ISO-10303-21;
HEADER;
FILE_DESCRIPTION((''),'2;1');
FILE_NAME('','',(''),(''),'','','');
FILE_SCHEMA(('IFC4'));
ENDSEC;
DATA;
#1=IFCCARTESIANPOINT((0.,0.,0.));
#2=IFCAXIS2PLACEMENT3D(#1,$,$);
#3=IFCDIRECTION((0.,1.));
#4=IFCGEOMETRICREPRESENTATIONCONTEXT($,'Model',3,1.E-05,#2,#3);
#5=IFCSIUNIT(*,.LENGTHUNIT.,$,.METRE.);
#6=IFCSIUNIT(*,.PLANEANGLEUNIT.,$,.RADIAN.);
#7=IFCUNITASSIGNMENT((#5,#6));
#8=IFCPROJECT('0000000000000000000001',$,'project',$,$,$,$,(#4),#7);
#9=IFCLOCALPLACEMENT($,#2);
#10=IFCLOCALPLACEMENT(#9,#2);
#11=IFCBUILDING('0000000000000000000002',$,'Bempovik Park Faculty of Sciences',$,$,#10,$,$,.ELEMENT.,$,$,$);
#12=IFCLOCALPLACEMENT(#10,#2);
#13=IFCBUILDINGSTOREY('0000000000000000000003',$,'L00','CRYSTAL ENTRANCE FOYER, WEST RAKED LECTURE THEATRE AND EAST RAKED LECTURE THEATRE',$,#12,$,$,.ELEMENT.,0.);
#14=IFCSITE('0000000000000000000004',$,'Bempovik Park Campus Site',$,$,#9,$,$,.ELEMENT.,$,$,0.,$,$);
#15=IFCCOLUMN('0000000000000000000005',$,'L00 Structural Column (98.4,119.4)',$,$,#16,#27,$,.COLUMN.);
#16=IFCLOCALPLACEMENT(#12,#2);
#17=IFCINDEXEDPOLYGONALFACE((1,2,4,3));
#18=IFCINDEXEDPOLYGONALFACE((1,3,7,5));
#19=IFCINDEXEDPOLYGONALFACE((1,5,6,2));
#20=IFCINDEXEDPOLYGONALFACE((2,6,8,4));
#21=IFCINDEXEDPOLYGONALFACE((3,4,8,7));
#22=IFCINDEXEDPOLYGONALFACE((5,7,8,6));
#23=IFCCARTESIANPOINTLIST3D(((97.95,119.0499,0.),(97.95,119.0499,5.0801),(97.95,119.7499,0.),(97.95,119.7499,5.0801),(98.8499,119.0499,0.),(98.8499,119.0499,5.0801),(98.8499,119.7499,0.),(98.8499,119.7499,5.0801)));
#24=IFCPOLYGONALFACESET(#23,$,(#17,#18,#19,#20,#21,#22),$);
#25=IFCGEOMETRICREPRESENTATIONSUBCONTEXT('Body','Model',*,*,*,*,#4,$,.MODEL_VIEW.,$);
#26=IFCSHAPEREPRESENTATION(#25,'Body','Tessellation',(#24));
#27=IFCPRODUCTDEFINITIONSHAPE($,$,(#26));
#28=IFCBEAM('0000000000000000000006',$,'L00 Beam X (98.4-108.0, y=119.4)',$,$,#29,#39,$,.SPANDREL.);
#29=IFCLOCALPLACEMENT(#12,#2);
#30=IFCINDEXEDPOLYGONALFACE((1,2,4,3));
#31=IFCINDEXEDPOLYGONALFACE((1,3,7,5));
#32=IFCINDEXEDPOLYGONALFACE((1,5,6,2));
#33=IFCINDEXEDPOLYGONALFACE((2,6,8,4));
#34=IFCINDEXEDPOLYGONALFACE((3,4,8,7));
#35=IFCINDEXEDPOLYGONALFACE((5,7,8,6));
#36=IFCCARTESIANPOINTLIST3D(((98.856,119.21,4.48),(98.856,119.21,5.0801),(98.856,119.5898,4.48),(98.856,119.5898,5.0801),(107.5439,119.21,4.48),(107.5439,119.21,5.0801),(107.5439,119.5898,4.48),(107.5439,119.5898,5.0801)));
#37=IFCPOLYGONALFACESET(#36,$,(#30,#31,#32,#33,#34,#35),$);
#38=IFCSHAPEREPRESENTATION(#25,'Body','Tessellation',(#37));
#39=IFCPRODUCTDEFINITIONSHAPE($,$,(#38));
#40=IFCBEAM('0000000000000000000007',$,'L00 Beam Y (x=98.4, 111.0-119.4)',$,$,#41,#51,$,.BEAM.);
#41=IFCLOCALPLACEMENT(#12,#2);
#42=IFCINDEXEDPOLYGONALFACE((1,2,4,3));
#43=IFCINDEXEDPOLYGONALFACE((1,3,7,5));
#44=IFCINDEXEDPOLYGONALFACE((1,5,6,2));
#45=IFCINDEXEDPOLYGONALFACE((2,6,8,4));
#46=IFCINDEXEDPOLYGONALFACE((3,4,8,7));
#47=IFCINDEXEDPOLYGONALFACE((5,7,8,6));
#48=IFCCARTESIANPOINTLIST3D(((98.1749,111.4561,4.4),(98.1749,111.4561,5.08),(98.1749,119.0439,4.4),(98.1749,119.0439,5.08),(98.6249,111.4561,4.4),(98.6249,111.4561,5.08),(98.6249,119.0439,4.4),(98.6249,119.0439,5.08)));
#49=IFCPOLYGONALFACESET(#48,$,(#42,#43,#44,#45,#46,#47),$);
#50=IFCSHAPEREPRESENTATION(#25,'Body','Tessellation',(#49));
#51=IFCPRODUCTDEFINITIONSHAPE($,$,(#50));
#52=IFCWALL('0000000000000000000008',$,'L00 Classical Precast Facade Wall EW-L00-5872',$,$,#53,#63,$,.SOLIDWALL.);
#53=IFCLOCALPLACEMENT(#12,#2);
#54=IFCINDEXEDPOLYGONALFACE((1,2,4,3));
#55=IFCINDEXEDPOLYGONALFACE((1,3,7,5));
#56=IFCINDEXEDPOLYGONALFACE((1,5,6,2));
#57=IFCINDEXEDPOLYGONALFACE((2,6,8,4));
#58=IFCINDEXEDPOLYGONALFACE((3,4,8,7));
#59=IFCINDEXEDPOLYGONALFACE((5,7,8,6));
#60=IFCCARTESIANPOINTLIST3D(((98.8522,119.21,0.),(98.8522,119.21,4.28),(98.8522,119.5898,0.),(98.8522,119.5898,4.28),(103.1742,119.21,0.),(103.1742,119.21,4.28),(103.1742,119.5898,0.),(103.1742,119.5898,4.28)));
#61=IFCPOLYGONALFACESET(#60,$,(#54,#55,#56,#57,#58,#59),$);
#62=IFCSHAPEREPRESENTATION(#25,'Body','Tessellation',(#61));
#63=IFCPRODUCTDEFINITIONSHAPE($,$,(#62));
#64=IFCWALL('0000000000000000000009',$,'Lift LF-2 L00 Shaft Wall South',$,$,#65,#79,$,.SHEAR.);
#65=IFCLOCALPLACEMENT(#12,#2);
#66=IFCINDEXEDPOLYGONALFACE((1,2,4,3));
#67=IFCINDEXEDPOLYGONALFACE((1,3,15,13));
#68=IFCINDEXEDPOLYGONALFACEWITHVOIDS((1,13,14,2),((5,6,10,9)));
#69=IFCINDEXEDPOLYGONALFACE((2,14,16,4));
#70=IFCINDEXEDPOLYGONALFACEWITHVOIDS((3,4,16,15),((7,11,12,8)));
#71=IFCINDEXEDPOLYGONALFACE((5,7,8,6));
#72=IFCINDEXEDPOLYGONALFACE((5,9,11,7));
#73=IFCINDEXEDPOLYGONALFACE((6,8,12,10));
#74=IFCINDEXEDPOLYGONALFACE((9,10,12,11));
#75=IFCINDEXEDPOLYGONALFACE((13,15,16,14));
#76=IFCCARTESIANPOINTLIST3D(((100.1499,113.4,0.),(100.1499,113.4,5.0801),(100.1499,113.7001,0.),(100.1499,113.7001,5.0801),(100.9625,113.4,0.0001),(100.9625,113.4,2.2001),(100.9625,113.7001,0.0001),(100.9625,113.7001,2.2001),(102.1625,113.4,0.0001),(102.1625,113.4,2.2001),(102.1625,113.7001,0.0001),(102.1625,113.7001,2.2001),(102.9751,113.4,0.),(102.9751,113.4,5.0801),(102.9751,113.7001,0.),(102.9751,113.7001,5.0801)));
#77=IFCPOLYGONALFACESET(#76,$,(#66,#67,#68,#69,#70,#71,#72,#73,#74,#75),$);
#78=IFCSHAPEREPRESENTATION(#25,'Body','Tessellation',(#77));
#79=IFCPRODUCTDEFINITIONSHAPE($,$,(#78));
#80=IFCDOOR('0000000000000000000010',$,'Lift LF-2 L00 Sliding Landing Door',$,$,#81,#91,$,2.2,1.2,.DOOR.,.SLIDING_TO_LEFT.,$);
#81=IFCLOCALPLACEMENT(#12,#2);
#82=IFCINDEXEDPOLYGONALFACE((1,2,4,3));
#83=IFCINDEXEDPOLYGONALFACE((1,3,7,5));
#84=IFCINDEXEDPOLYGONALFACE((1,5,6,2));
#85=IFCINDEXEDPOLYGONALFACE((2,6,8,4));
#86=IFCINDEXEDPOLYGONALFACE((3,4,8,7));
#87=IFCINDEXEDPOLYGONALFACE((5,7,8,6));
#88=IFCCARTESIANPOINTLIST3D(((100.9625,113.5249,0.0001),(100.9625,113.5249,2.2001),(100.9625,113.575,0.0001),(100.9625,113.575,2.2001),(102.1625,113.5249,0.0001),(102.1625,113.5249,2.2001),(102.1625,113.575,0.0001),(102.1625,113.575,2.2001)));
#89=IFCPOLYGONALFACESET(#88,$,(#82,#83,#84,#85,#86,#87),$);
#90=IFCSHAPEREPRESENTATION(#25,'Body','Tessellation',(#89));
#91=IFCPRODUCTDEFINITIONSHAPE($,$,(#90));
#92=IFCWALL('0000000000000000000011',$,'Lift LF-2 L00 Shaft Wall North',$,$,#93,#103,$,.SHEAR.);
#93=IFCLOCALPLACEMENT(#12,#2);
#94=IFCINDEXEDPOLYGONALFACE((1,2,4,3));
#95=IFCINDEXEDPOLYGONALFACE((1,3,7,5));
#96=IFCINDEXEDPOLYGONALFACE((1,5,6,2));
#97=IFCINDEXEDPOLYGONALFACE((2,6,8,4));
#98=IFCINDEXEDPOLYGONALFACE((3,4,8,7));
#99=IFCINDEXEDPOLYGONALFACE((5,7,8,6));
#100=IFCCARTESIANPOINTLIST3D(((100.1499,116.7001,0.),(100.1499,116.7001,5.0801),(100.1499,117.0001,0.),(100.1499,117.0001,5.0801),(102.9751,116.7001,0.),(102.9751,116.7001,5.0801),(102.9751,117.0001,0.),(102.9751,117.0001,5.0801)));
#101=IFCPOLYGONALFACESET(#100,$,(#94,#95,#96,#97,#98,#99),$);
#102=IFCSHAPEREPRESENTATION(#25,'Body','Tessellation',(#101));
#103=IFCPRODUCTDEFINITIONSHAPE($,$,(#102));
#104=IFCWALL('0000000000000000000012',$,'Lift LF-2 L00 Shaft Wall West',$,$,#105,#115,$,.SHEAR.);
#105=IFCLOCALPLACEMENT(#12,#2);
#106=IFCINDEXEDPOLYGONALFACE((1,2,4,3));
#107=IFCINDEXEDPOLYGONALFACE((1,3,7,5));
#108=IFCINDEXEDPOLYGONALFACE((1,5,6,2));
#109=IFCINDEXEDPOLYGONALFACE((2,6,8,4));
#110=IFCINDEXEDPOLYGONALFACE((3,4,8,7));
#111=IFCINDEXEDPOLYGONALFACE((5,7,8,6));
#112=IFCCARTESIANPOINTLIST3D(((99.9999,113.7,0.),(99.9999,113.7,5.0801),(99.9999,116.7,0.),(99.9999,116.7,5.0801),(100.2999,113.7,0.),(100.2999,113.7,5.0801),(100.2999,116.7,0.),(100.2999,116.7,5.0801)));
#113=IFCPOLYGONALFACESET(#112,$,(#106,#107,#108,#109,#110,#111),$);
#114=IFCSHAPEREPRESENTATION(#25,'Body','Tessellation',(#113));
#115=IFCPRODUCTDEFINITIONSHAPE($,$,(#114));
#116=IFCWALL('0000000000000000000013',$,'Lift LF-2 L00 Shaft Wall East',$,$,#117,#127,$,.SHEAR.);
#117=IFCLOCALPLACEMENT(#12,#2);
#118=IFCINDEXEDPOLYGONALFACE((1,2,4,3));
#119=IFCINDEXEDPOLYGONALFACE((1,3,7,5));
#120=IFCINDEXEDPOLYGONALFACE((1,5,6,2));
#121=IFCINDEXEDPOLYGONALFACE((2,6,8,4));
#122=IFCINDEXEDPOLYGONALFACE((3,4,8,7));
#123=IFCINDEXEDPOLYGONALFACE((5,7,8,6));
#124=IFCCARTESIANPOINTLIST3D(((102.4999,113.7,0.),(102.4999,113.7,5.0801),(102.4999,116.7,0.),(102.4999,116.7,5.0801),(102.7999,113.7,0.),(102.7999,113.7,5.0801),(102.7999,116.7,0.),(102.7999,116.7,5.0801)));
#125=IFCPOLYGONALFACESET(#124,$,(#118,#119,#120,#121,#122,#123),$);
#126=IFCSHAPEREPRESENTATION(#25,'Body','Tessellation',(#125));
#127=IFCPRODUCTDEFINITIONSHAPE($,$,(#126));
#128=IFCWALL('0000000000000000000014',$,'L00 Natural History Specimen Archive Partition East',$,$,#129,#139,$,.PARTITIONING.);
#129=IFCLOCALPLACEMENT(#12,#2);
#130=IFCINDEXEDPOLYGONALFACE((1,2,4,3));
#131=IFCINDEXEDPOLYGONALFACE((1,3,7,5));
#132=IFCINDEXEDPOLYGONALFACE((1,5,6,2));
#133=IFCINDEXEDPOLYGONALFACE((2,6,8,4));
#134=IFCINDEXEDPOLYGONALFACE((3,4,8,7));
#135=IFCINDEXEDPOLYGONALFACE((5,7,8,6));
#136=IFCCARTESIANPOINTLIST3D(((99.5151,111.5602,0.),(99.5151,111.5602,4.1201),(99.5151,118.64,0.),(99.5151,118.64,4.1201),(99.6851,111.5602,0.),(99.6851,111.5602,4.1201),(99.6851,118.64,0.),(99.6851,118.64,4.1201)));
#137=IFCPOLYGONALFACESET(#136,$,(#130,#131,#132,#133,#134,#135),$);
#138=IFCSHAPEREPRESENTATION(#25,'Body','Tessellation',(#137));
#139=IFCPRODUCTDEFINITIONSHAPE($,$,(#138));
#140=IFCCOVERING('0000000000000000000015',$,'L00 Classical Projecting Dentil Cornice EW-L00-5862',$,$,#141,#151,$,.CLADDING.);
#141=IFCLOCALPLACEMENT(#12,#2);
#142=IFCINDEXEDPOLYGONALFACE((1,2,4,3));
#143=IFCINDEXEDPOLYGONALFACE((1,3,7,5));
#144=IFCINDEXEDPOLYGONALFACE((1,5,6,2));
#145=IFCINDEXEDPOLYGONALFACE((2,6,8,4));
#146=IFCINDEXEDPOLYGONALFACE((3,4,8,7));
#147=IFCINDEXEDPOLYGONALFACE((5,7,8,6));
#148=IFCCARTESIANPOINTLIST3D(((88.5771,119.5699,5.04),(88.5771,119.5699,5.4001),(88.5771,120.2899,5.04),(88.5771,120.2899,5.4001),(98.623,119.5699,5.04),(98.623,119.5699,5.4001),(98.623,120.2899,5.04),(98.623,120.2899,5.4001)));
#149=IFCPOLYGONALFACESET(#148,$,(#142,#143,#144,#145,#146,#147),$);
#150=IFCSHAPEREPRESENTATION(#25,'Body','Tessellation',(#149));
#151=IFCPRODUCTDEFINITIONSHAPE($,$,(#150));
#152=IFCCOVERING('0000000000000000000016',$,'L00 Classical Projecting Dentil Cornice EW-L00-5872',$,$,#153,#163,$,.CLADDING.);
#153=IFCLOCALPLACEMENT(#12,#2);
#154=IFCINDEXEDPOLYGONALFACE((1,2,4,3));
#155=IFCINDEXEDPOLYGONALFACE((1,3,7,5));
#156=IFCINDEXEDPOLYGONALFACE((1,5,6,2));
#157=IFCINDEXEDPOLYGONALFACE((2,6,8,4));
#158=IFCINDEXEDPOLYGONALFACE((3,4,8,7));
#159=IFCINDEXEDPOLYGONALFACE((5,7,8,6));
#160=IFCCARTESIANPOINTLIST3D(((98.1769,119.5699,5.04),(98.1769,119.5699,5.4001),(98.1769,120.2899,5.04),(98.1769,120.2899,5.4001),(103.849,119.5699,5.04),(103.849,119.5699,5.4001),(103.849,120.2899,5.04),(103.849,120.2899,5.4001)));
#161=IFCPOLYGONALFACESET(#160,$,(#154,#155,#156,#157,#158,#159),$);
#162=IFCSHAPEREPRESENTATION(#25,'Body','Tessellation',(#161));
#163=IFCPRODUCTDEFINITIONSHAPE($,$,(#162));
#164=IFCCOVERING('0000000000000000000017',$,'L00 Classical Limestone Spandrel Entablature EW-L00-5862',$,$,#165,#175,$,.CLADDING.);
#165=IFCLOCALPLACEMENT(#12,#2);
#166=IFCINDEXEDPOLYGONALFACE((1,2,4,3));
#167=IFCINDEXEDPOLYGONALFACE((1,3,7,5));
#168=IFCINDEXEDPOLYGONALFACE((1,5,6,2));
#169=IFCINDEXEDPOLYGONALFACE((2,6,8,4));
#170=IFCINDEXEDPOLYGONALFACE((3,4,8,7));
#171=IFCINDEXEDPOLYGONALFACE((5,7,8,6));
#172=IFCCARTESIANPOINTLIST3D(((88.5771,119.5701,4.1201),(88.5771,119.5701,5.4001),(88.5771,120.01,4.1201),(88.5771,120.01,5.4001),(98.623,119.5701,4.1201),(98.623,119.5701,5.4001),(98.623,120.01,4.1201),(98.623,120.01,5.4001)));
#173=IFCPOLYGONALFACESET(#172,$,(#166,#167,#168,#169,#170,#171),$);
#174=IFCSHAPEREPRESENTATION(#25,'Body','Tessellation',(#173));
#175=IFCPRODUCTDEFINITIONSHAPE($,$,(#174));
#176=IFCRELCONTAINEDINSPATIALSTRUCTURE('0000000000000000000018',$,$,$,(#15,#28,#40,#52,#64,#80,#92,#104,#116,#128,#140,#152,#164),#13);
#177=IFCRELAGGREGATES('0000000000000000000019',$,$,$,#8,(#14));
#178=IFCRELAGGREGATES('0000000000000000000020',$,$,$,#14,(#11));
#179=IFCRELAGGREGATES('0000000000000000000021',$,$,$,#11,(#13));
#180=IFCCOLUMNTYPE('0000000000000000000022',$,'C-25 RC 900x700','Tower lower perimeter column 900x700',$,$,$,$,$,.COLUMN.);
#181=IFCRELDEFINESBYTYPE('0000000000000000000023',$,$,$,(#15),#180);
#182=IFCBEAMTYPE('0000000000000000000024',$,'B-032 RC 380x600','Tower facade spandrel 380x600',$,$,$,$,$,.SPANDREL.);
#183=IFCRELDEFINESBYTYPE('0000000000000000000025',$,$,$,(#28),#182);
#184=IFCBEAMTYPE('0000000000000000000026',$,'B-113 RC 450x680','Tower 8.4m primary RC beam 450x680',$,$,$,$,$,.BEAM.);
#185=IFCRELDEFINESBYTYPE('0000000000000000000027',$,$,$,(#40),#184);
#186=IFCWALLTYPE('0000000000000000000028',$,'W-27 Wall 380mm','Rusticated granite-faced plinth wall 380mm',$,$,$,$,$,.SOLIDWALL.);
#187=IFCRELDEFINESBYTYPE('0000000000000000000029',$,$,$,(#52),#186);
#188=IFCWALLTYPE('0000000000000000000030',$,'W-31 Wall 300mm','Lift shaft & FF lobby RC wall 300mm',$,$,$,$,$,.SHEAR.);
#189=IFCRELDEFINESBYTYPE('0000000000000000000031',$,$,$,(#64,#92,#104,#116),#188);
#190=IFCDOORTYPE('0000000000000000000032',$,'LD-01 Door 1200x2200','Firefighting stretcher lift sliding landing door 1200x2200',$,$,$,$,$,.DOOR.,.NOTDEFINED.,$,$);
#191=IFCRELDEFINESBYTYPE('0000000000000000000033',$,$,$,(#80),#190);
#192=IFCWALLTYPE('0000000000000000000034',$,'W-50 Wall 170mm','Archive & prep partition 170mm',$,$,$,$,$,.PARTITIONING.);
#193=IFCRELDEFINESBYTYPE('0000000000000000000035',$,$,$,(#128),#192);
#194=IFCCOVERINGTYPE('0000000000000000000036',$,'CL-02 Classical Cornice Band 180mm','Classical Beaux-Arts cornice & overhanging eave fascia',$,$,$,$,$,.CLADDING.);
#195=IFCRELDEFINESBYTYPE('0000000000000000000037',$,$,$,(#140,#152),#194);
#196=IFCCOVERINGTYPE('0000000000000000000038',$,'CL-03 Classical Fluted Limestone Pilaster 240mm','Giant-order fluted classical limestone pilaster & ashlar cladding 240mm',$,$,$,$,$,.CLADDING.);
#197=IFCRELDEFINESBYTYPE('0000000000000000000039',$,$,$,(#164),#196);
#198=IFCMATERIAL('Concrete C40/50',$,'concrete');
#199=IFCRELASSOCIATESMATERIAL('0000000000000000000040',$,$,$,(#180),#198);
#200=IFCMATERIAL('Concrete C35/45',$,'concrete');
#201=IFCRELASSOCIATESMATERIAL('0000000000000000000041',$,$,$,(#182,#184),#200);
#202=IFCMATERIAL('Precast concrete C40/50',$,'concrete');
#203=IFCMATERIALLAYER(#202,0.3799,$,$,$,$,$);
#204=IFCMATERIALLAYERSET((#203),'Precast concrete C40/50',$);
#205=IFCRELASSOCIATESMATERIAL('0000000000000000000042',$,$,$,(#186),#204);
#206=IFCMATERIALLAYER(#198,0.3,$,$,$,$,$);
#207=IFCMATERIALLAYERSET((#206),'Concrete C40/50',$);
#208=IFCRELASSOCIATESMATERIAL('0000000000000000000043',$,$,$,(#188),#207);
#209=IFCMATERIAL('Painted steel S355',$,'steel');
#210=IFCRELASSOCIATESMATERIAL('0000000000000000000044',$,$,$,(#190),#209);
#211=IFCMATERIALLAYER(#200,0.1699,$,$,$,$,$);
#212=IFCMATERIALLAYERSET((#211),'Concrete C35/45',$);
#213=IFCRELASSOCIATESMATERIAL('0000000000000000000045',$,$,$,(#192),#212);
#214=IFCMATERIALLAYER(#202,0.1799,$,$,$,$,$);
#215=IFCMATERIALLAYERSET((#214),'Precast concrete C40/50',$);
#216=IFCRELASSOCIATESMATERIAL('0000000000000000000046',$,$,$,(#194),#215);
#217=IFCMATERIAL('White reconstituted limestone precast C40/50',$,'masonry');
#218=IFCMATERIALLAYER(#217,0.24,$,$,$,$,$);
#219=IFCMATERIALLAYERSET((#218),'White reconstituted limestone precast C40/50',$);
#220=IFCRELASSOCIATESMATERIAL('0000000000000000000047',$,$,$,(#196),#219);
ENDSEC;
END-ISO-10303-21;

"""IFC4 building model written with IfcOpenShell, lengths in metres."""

from ifc_helpers import new_model, si_unit, direction, frame, frame_2d, origin, origin_2d, place, context, subcontext, project, spatial, rectangle, extrude, material, layer, layer_set, material_profile, profile_set, type_object, element, fill, save


model = new_model("IFC4")

# Units and contexts
model_context = context("Model", 3, precision=1e-05, world=origin(), true_north=direction((0.0, 1.0)))
body_context = subcontext(model_context, "Body", "Model", "MODEL_VIEW")
ifc_project = project(units=[si_unit("LENGTHUNIT", "METRE"), si_unit("PLANEANGLEUNIT", "RADIAN")], contexts=[model_context])

# Site, building, storey
site_placement = place(None, origin())
site = spatial("IfcSite", under=ifc_project, at=site_placement, Name="Bempovik Park Campus Site", CompositionType="ELEMENT", RefElevation=0.0)
building_placement = place(site_placement, origin())
building = spatial("IfcBuilding", under=site, at=building_placement, Name="Bempovik Park Faculty of Sciences", CompositionType="ELEMENT")
storey_placement = place(building_placement, origin())
storey = spatial("IfcBuildingStorey", under=building, at=storey_placement, Name="L00", Description="CRYSTAL ENTRANCE FOYER, WEST RAKED LECTURE THEATRE AND EAST RAKED LECTURE THEATRE", CompositionType="ELEMENT", Elevation=0.0)

# Column
ifc_material_1 = material(Name="Concrete C40/50", Category="concrete")
ifc_material_profile_1 = material_profile(ifc_material_1, rectangle(XDim=0.8999, YDim=0.7, at=origin_2d()), Name="RC 900x700")
ifc_profile_set_1 = profile_set([ifc_material_profile_1], Name="Concrete C40/50")
column_type = type_object("IfcColumnType", Name="C-25 RC 900x700", Description="Tower lower perimeter column 900x700", PredefinedType="COLUMN", material=ifc_profile_set_1)
column_placement = place(storey_placement, frame((98.3999, 119.3999, 0.0), z_axis=(0.0, 0.0, 1.0), x_axis=(1.0, 0.0, 0.0)))
element("IfcColumn", 1, at=column_placement, inside=storey, type_object=column_type, Name="L00 Structural Column (98.4,119.4)", PredefinedType="COLUMN", context=body_context, shape_type="SweptSolid", body=[
    extrude(rectangle(XDim=0.8999, YDim=0.7, at=origin_2d()), origin(), (0.0, 0.0, 1.0), 5.0801),
])

# Beams
ifc_material_2 = material(Name="Concrete C35/45", Category="concrete")
ifc_material_profile_2 = material_profile(ifc_material_2, rectangle(XDim=0.3799, YDim=0.6001, at=origin_2d()), Name="RC 380x600")
ifc_profile_set_2 = profile_set([ifc_material_profile_2], Name="Concrete C35/45")
beam_type_1 = type_object("IfcBeamType", Name="B-032 RC 380x600", Description="Tower facade spandrel 380x600", PredefinedType="SPANDREL", material=ifc_profile_set_2)
beam_1_placement = place(storey_placement, frame((98.856, 119.3999, 4.78), z_axis=(1.0, 0.0, 0.0), x_axis=(0.0, 1.0, 0.0)))
element("IfcBeam", 2, at=beam_1_placement, inside=storey, type_object=beam_type_1, Name="L00 Beam X (98.4-108.0, y=119.4)", PredefinedType="SPANDREL", context=body_context, shape_type="SweptSolid", body=[
    extrude(rectangle(XDim=0.3799, YDim=0.6001, at=origin_2d()), origin(), (0.0, 0.0, 1.0), 8.688),
])
ifc_material_profile_3 = material_profile(ifc_material_2, rectangle(XDim=0.45, YDim=0.6799, at=origin_2d()), Name="RC 450x680")
ifc_profile_set_3 = profile_set([ifc_material_profile_3], Name="Concrete C35/45")
beam_type_2 = type_object("IfcBeamType", Name="B-113 RC 450x680", Description="Tower 8.4m primary RC beam 450x680", PredefinedType="BEAM", material=ifc_profile_set_3)
beam_2_placement = place(storey_placement, frame((98.3999, 111.4561, 4.74), z_axis=(0.0, 1.0, 0.0), x_axis=(-1.0, 0.0, 0.0)))
element("IfcBeam", 3, at=beam_2_placement, inside=storey, type_object=beam_type_2, Name="L00 Beam Y (x=98.4, 111.0-119.4)", PredefinedType="BEAM", context=body_context, shape_type="SweptSolid", body=[
    extrude(rectangle(XDim=0.45, YDim=0.6799, at=origin_2d()), origin(), (0.0, 0.0, 1.0), 7.5879),
])

# Wall
ifc_material_3 = material(Name="Precast concrete C40/50", Category="concrete")
ifc_layer_1 = layer(ifc_material_3, 0.3799)
ifc_layer_set_1 = layer_set([ifc_layer_1], Name="Precast concrete C40/50")
wall_type_1 = type_object("IfcWallType", Name="W-27 Wall 380mm", Description="Rusticated granite-faced plinth wall 380mm", PredefinedType="SOLIDWALL", material=ifc_layer_set_1)
wall_1_placement = place(storey_placement, frame((98.8521, 119.3999, 0.0), z_axis=(0.0, 0.0, 1.0), x_axis=(1.0, 0.0, 0.0)))
element("IfcWall", 4, at=wall_1_placement, inside=storey, type_object=wall_type_1, Name="L00 Classical Precast Facade Wall EW-L00-5872", PredefinedType="SOLIDWALL", context=body_context, shape_type="SweptSolid", body=[
    extrude(rectangle(XDim=4.322, YDim=0.3799, at=frame_2d((2.1611, 0.0))), origin(), (0.0, 0.0, 1.0), 4.28),
])

# Wall, opening, door
ifc_layer_2 = layer(ifc_material_1, 0.3)
ifc_layer_set_2 = layer_set([ifc_layer_2], Name="Concrete C40/50")
wall_type_2 = type_object("IfcWallType", Name="W-31 Wall 300mm", Description="Lift shaft & FF lobby RC wall 300mm", PredefinedType="SHEAR", material=ifc_layer_set_2)
wall_2_placement = place(storey_placement, frame((100.1499, 113.55, 0.0), z_axis=(0.0, 0.0, 1.0), x_axis=(1.0, 0.0, 0.0)))
wall_2 = element("IfcWall", 5, at=wall_2_placement, inside=storey, type_object=wall_type_2, Name="Lift LF-2 L00 Shaft Wall South", PredefinedType="SHEAR", context=body_context, shape_type="SweptSolid", body=[
    extrude(rectangle(XDim=2.8252, YDim=0.3, at=frame_2d((1.4126, 0.0))), origin(), (0.0, 0.0, 1.0), 5.0801),
])
opening_placement = place(wall_2_placement, frame((0.8125, 0.0, 0.0)))
opening = element("IfcOpeningElement", 6, at=opening_placement, cuts=wall_2, PredefinedType="OPENING", context=body_context, shape_type="SweptSolid", body=[
    extrude(rectangle(XDim=1.2, YDim=2.2, at=frame_2d((0.6001, 1.1001))), frame((0.0, 0.1602, 0.0), z_axis=(0.0, -1.0, 0.0), x_axis=(1.0, 0.0, 0.0)), (0.0, 0.0, 1.0), 0.3201),
])
ifc_material_4 = material(Name="Painted steel S355", Category="steel")
door_type = type_object("IfcDoorType", Name="LD-01 Door 1200x2200", Description="Firefighting stretcher lift sliding landing door 1200x2200", OperationType="NOTDEFINED", PredefinedType="DOOR", material=ifc_material_4)
door_placement = place(opening_placement, origin())
door = element("IfcDoor", 7, at=door_placement, inside=storey, type_object=door_type, Name="Lift LF-2 L00 Sliding Landing Door", OperationType="SLIDING_TO_LEFT", OverallHeight=2.2, OverallWidth=1.2, PredefinedType="DOOR", context=body_context, shape_type="SweptSolid", body=[
    extrude(rectangle(XDim=1.2, YDim=2.2, at=frame_2d((0.6001, 1.1001))), frame((0.0, 0.0249, 0.0), z_axis=(0.0, -1.0, 0.0), x_axis=(1.0, 0.0, 0.0)), (0.0, 0.0, 1.0), 0.05),
])
fill(opening, door)

# Walls
wall_3_placement = place(storey_placement, frame((100.1499, 116.8501, 0.0), z_axis=(0.0, 0.0, 1.0), x_axis=(1.0, 0.0, 0.0)))
element("IfcWall", 8, at=wall_3_placement, inside=storey, type_object=wall_type_2, Name="Lift LF-2 L00 Shaft Wall North", PredefinedType="SHEAR", context=body_context, shape_type="SweptSolid", body=[
    extrude(rectangle(XDim=2.8252, YDim=0.3, at=frame_2d((1.4126, 0.0))), origin(), (0.0, 0.0, 1.0), 5.0801),
])
for number, where, z_axis, x_axis, name in (
    (9, (100.1499, 113.7, 0.0), (0.0, 0.0, 1.0), (0.0, 1.0, 0.0), "Lift LF-2 L00 Shaft Wall West"),
    (10, (102.6499, 113.7, 0.0), (0.0, 0.0, 1.0), (0.0, 1.0, 0.0), "Lift LF-2 L00 Shaft Wall East"),
):
    element("IfcWall", number, at=place(storey_placement, frame(where, z_axis=z_axis, x_axis=x_axis)), inside=storey, type_object=wall_type_2, Name=name, PredefinedType="SHEAR", context=body_context, shape_type="SweptSolid", body=[
        extrude(rectangle(XDim=3.0, YDim=0.3, at=frame_2d((1.5, 0.0))), origin(), (0.0, 0.0, 1.0), 5.0801),
    ])
ifc_layer_3 = layer(ifc_material_2, 0.1699)
ifc_layer_set_3 = layer_set([ifc_layer_3], Name="Concrete C35/45")
wall_type_3 = type_object("IfcWallType", Name="W-50 Wall 170mm", Description="Archive & prep partition 170mm", PredefinedType="PARTITIONING", material=ifc_layer_set_3)
wall_4_placement = place(storey_placement, frame((99.6001, 111.5601, 0.0), z_axis=(0.0, 0.0, 1.0), x_axis=(0.0, 1.0, 0.0)))
element("IfcWall", 11, at=wall_4_placement, inside=storey, type_object=wall_type_3, Name="L00 Natural History Specimen Archive Partition East", PredefinedType="PARTITIONING", context=body_context, shape_type="SweptSolid", body=[
    extrude(rectangle(XDim=7.0798, YDim=0.1699, at=frame_2d((3.54, 0.0))), origin(), (0.0, 0.0, 1.0), 4.1201),
])

# Coverings
ifc_layer_4 = layer(ifc_material_3, 0.1799)
ifc_layer_set_4 = layer_set([ifc_layer_4], Name="Precast concrete C40/50")
covering_type_1 = type_object("IfcCoveringType", Name="CL-02 Classical Cornice Band 180mm", Description="Classical Beaux-Arts cornice & overhanging eave fascia", PredefinedType="CLADDING", material=ifc_layer_set_4)
covering_1_placement = place(storey_placement, frame((93.6001, 119.9299, 5.04), z_axis=(0.0, 0.0, 1.0), x_axis=(1.0, 0.0, 0.0)))
element("IfcCovering", 12, at=covering_1_placement, inside=storey, type_object=covering_type_1, Name="L00 Classical Projecting Dentil Cornice EW-L00-5862", PredefinedType="CLADDING", context=body_context, shape_type="SweptSolid", body=[
    extrude(rectangle(XDim=10.0459, YDim=0.72, at=origin_2d()), origin(), (0.0, 0.0, 1.0), 0.3601),
])
covering_2_placement = place(storey_placement, frame((101.0129, 119.9299, 5.04), z_axis=(0.0, 0.0, 1.0), x_axis=(1.0, 0.0, 0.0)))
element("IfcCovering", 13, at=covering_2_placement, inside=storey, type_object=covering_type_1, Name="L00 Classical Projecting Dentil Cornice EW-L00-5872", PredefinedType="CLADDING", context=body_context, shape_type="SweptSolid", body=[
    extrude(rectangle(XDim=5.6721, YDim=0.72, at=origin_2d()), origin(), (0.0, 0.0, 1.0), 0.3601),
])
ifc_material_5 = material(Name="White reconstituted limestone precast C40/50", Category="masonry")
ifc_layer_5 = layer(ifc_material_5, 0.24)
ifc_layer_set_5 = layer_set([ifc_layer_5], Name="White reconstituted limestone precast C40/50")
covering_type_2 = type_object("IfcCoveringType", Name="CL-03 Classical Fluted Limestone Pilaster 240mm", Description="Giant-order fluted classical limestone pilaster & ashlar cladding 240mm", PredefinedType="CLADDING", material=ifc_layer_set_5)
covering_3_placement = place(storey_placement, frame((93.6001, 119.79, 4.1201), z_axis=(0.0, 0.0, 1.0), x_axis=(1.0, 0.0, 0.0)))
element("IfcCovering", 14, at=covering_3_placement, inside=storey, type_object=covering_type_2, Name="L00 Classical Limestone Spandrel Entablature EW-L00-5862", PredefinedType="CLADDING", context=body_context, shape_type="SweptSolid", body=[
    extrude(rectangle(XDim=10.0459, YDim=0.4399, at=origin_2d()), origin(), (0.0, 0.0, 1.0), 1.28),
])

save(model, "model.ifc")
